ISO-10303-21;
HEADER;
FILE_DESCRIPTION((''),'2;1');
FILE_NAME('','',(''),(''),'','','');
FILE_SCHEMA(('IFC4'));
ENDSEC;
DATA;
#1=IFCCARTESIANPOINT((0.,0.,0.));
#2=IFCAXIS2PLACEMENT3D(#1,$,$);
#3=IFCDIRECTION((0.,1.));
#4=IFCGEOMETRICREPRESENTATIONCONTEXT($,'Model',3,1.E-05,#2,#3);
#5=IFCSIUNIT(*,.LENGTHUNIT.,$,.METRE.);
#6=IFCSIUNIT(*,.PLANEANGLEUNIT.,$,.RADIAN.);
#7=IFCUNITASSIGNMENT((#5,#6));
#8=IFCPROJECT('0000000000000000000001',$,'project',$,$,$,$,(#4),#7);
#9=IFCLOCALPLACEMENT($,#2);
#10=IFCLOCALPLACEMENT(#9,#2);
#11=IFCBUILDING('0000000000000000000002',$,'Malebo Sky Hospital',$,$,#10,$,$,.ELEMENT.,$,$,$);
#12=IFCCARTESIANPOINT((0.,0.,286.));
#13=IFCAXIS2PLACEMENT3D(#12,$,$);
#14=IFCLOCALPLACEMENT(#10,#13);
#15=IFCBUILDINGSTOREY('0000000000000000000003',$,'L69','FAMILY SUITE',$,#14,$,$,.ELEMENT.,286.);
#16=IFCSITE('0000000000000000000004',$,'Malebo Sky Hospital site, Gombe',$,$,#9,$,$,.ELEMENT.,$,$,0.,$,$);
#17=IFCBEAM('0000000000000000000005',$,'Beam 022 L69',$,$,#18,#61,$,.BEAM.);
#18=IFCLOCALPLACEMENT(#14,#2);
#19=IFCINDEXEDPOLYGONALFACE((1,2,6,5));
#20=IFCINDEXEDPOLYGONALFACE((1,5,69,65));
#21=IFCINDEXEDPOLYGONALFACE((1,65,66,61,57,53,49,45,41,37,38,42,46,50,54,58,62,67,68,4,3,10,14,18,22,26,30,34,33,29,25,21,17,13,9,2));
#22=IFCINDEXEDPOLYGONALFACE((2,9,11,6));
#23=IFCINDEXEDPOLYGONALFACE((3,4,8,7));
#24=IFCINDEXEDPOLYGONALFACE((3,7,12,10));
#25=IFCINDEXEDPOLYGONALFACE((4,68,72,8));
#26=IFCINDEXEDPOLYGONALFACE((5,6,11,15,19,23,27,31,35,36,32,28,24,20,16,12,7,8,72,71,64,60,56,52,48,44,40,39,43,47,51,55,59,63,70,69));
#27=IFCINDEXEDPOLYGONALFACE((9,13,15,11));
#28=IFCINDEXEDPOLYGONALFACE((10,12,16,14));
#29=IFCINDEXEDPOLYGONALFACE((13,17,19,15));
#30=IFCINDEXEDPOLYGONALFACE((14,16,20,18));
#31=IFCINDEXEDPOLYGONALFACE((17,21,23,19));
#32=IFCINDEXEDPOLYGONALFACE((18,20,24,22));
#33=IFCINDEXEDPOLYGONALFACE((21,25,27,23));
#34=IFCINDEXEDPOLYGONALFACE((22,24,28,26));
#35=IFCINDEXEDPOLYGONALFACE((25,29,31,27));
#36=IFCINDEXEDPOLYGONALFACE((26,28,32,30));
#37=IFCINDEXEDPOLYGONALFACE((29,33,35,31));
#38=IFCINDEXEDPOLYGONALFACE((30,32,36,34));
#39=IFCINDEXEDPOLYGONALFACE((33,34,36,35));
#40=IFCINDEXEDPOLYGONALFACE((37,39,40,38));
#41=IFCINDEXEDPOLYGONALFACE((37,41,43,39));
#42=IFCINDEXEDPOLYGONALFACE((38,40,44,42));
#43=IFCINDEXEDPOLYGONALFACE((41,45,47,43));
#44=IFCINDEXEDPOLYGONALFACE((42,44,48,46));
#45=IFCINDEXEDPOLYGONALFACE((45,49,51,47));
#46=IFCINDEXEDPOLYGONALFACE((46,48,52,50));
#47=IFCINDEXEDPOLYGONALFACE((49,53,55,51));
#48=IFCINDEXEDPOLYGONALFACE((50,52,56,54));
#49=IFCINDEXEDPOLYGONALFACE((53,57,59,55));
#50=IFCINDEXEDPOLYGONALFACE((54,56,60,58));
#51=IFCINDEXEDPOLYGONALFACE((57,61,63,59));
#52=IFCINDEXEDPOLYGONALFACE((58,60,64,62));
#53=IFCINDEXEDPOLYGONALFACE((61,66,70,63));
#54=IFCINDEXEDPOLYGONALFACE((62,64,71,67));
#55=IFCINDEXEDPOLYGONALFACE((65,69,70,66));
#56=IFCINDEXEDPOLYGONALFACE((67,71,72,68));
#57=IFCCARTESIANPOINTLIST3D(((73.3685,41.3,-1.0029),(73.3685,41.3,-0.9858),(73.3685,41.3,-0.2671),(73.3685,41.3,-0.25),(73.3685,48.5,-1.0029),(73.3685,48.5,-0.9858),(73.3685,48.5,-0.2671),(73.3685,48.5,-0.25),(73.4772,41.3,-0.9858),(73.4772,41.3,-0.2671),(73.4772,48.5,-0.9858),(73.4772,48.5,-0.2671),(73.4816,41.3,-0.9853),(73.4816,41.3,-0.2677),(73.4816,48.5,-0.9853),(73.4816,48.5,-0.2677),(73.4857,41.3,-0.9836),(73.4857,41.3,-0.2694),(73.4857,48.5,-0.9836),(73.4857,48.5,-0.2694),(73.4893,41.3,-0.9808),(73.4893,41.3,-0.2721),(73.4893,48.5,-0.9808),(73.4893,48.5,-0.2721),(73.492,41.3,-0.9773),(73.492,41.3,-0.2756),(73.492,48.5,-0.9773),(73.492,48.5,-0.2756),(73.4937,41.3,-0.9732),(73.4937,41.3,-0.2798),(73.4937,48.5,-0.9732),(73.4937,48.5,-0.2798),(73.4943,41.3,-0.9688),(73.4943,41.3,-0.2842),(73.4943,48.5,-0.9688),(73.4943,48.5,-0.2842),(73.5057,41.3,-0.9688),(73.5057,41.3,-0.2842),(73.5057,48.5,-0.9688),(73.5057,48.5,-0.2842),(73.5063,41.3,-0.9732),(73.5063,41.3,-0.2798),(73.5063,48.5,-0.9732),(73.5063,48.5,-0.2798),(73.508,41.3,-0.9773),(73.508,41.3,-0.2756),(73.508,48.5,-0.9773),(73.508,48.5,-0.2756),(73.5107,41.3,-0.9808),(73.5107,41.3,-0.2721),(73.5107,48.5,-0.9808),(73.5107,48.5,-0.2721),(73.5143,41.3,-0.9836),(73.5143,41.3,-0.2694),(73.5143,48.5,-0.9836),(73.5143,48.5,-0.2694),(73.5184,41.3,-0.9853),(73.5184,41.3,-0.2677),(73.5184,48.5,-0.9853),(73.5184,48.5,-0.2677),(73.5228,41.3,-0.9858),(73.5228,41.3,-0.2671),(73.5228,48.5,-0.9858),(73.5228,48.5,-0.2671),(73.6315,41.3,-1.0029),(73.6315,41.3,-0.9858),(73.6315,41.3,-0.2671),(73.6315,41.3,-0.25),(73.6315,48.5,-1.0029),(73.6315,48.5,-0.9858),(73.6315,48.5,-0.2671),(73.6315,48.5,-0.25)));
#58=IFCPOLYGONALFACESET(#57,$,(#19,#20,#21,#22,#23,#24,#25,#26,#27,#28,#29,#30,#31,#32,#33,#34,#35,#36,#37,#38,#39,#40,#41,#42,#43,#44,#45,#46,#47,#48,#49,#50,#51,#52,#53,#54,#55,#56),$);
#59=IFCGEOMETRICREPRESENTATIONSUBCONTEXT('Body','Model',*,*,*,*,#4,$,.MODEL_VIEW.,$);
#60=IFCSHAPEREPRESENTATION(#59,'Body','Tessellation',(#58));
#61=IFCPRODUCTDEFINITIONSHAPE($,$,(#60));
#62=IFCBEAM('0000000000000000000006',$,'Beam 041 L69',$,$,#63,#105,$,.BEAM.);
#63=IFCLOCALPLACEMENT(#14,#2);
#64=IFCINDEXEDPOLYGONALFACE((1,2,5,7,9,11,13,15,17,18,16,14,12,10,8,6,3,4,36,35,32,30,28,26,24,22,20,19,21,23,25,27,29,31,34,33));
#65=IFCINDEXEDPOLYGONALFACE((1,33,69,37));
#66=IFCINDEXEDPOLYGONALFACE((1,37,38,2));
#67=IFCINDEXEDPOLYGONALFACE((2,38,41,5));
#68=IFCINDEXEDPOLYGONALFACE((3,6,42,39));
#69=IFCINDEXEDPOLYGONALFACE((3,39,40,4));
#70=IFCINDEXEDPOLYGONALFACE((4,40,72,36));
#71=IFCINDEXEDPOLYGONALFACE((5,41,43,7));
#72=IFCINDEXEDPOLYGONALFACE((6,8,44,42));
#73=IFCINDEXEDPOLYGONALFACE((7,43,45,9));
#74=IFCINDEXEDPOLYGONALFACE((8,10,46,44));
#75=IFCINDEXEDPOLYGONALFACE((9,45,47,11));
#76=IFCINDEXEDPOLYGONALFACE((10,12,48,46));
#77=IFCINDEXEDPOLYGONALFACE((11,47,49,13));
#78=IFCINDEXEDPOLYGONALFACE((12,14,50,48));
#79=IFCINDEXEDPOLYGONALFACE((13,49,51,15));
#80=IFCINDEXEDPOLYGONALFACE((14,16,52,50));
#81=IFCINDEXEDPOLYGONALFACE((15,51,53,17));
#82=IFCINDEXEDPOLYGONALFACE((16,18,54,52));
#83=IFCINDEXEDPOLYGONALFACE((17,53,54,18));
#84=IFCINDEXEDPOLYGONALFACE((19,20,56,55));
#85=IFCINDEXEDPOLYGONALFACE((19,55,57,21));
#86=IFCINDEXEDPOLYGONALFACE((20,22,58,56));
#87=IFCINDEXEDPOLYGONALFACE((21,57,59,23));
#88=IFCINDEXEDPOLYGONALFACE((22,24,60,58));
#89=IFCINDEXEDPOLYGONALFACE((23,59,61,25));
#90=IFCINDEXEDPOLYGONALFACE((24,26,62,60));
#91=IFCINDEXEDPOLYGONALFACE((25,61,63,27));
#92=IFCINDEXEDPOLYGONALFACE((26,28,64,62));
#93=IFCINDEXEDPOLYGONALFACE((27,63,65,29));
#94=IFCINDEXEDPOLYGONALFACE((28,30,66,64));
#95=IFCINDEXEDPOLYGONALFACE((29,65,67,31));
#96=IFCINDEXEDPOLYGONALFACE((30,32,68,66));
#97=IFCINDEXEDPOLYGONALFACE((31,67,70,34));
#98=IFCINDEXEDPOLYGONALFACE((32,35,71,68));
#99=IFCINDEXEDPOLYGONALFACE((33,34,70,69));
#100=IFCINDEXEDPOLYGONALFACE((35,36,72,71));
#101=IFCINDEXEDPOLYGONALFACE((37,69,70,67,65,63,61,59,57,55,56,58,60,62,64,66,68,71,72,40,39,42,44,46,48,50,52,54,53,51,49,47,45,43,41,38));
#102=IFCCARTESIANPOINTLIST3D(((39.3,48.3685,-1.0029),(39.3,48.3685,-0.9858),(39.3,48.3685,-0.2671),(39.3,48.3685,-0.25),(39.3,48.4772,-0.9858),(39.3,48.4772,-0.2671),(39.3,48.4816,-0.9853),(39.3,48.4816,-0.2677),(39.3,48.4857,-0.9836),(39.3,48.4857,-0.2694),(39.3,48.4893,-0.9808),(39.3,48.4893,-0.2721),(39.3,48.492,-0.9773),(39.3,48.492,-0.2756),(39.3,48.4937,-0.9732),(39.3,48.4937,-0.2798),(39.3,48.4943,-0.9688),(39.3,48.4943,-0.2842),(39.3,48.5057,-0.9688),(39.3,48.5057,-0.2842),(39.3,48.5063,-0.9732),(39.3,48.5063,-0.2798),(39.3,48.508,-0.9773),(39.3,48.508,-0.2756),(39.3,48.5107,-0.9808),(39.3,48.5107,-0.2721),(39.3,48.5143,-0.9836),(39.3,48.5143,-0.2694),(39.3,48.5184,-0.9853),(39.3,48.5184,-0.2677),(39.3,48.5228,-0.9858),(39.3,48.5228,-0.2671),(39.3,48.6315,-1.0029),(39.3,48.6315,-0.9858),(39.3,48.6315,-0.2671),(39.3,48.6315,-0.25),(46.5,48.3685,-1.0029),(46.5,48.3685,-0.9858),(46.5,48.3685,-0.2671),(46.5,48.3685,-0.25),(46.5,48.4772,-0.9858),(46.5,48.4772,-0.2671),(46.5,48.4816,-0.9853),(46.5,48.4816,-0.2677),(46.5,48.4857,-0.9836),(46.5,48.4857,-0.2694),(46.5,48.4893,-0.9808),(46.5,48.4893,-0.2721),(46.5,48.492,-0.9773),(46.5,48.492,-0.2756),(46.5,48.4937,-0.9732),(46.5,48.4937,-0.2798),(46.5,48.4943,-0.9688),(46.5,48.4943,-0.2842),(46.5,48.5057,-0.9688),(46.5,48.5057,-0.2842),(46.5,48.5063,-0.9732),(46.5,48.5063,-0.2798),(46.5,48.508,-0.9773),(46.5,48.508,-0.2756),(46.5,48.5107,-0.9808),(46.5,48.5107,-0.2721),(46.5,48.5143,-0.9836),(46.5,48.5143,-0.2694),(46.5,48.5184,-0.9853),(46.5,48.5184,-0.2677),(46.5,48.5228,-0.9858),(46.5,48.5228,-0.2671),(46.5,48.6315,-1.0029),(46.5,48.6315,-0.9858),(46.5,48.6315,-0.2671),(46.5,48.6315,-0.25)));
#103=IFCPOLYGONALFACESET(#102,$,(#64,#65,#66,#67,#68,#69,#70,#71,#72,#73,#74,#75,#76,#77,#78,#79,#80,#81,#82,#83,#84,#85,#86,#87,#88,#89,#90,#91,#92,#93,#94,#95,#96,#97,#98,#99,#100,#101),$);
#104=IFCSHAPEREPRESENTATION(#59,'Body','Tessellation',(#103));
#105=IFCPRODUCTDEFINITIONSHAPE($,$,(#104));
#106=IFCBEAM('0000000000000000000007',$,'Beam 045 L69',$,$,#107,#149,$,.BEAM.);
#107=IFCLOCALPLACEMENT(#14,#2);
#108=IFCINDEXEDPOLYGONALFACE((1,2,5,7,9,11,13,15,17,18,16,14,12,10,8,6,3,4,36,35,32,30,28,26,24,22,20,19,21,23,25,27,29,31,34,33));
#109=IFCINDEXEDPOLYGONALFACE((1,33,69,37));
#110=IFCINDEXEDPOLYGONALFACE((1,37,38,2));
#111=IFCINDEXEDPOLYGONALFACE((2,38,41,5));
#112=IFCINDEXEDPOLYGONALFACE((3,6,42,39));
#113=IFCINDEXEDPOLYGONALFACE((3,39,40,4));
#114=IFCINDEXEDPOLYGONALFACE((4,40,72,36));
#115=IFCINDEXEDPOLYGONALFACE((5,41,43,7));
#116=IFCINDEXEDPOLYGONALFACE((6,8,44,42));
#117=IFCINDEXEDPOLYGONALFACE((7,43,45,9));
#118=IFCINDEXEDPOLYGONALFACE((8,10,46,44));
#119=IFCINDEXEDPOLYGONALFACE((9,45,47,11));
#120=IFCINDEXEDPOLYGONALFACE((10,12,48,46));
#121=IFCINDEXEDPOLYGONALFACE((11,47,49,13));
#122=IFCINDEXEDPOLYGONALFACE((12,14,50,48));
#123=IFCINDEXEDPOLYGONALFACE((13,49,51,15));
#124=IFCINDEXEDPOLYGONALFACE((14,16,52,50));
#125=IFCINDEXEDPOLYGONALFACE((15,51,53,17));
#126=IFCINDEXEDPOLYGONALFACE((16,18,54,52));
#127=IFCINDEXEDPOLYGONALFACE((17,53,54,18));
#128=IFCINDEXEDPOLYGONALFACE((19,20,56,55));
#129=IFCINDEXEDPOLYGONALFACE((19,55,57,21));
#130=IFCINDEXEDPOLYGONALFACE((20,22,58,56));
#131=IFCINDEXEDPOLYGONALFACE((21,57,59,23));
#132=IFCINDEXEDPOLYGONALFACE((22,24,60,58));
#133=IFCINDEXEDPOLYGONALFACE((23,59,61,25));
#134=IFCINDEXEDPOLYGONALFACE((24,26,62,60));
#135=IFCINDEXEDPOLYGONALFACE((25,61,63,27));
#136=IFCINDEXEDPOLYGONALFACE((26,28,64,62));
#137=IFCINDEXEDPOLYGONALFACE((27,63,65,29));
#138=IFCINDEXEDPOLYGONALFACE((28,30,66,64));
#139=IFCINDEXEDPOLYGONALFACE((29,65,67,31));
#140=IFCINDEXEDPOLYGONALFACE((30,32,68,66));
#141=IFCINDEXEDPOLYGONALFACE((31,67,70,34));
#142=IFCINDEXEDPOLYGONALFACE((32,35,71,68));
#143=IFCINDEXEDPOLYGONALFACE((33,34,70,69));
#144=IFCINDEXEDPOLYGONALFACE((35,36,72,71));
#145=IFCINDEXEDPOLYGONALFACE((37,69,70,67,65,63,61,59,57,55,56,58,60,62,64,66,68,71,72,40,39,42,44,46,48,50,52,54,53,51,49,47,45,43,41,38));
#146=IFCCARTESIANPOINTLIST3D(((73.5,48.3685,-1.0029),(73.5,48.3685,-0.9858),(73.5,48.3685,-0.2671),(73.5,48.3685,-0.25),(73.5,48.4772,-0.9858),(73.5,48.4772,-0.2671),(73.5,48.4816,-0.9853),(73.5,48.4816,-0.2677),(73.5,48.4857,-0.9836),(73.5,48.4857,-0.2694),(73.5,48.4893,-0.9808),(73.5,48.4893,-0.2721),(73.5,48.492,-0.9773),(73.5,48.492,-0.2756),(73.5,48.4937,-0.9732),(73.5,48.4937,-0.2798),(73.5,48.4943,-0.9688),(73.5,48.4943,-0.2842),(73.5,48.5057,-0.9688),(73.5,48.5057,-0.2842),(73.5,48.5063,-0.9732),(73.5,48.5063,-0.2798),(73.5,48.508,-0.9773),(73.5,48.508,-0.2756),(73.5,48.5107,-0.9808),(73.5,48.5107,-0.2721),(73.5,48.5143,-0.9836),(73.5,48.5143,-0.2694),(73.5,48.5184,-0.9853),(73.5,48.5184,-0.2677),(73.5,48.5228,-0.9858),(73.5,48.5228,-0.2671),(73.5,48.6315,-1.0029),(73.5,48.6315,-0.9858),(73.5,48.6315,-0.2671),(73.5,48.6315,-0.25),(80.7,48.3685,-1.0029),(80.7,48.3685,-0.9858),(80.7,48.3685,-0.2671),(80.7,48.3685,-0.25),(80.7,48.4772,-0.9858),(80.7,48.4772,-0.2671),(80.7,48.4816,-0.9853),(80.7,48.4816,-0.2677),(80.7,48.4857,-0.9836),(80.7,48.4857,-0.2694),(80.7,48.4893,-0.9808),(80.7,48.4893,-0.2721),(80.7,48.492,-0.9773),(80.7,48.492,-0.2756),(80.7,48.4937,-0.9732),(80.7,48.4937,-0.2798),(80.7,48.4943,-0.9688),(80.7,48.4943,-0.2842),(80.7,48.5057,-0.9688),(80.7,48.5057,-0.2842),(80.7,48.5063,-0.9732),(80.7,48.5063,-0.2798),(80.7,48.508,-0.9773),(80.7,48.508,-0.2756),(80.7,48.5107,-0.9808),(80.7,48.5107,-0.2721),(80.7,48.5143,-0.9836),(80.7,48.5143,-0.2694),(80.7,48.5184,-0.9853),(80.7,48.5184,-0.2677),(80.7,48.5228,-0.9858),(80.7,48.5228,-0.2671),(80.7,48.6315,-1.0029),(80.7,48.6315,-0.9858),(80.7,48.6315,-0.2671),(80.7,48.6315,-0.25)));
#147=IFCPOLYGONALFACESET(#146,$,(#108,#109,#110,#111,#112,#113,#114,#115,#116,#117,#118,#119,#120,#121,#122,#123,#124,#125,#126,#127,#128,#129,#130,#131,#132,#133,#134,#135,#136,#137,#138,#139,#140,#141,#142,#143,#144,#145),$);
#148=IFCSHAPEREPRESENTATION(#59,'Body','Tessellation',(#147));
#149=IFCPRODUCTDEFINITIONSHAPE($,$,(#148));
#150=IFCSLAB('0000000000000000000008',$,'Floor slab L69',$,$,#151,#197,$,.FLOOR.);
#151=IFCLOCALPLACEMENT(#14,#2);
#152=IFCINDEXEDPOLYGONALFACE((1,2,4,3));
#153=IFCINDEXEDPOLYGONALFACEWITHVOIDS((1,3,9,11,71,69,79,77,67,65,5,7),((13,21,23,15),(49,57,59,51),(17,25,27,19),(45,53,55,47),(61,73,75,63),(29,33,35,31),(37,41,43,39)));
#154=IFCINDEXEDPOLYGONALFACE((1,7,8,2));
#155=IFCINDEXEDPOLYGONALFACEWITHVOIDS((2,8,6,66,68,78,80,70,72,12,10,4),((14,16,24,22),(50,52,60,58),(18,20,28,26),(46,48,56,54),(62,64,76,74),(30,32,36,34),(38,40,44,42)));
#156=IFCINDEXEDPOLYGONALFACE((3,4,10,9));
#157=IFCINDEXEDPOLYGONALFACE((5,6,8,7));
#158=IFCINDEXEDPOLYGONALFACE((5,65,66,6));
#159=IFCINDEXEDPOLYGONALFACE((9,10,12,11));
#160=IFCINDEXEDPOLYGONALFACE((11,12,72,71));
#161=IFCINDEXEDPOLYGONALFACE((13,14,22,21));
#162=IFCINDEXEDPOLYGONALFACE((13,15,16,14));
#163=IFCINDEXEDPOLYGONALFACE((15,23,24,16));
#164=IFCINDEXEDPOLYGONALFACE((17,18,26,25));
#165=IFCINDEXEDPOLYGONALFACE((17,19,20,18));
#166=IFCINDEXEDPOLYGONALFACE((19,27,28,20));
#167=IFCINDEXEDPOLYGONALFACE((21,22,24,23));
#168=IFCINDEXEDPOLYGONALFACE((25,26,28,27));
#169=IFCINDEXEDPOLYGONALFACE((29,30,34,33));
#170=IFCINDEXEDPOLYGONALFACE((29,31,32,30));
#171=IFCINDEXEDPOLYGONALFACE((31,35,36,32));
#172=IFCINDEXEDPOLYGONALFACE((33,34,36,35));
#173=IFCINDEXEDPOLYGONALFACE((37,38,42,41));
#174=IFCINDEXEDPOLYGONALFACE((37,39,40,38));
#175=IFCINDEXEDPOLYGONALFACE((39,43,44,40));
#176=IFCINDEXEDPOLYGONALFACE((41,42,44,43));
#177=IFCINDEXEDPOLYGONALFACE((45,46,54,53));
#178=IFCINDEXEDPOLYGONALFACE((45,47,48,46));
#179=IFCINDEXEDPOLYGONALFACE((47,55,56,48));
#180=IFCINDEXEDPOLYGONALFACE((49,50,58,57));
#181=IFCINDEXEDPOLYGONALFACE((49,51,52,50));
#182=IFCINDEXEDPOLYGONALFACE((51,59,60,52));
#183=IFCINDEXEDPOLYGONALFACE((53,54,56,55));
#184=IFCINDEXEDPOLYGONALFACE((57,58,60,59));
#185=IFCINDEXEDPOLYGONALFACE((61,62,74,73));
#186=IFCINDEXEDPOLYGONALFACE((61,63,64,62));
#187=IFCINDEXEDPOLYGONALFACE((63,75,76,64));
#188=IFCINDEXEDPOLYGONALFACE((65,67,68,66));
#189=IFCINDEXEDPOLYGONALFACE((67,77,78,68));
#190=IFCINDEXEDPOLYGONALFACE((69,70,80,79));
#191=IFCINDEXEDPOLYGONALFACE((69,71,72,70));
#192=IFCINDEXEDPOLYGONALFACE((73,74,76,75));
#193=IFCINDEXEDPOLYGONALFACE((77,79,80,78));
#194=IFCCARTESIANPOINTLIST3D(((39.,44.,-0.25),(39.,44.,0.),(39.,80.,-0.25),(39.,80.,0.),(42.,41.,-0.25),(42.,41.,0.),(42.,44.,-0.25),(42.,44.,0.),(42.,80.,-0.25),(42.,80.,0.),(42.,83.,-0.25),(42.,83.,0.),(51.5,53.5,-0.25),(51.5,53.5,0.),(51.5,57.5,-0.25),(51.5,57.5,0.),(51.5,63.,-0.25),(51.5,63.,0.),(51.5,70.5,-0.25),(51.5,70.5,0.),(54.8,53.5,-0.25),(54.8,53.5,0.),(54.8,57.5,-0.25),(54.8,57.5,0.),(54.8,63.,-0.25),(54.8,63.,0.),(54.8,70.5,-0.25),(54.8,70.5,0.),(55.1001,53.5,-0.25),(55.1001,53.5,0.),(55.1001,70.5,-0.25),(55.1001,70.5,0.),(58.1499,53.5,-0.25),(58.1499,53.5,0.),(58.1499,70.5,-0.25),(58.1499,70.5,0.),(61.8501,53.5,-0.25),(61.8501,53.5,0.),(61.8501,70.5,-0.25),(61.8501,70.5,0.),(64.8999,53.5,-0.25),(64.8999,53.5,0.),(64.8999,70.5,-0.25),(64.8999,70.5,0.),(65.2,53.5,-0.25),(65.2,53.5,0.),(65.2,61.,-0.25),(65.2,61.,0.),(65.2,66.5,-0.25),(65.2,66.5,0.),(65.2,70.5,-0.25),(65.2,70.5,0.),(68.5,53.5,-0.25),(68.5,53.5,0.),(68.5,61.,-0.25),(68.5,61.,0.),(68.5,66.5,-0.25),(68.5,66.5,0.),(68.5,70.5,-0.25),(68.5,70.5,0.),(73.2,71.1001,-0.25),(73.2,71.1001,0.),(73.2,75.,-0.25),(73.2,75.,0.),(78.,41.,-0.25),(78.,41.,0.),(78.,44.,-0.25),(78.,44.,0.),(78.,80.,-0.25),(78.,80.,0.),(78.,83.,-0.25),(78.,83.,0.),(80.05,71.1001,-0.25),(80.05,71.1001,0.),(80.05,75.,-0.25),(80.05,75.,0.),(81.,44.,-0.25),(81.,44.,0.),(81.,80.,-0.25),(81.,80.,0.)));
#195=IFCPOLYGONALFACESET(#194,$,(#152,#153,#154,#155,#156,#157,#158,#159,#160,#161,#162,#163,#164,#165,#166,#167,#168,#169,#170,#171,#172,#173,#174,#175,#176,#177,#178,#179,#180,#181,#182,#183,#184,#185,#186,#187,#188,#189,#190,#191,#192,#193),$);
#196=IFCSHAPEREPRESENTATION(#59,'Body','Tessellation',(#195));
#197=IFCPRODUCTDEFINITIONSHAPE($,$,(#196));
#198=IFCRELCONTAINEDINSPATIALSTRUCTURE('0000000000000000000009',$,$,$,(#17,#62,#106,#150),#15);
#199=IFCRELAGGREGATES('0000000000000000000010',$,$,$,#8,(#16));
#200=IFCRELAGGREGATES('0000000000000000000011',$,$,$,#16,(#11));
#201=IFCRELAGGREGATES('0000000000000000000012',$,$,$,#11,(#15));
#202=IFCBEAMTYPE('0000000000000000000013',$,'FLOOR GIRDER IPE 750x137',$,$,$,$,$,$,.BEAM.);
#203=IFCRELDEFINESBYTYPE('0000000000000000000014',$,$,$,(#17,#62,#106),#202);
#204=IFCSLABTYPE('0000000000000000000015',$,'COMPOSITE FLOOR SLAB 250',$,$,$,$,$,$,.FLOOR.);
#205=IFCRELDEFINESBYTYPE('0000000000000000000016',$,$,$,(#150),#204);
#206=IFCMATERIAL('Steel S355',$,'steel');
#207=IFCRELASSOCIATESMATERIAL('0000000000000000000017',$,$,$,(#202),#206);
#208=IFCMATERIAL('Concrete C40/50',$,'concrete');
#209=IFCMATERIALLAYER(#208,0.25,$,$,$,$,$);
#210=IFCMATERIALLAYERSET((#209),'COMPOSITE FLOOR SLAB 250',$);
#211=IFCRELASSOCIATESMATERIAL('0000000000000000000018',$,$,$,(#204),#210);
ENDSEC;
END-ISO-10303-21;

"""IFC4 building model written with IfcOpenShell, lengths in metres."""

from ifc_helpers import new_model, si_unit, direction, frame, origin, origin_2d, place, context, subcontext, project, spatial, polyline, i_section, outline, extrude, material, layer, layer_set, material_profile, profile_set, type_object, element, save


model = new_model("IFC4")

# Units and contexts
model_context = context("Model", 3, precision=1e-05, world=origin(), true_north=direction((0.0, 1.0)))
body_context = subcontext(model_context, "Body", "Model", "MODEL_VIEW")
ifc_project = project(units=[si_unit("LENGTHUNIT", "METRE"), si_unit("PLANEANGLEUNIT", "RADIAN")], contexts=[model_context])

# Site, building, storey
site_placement = place(None, origin())
site = spatial("IfcSite", under=ifc_project, at=site_placement, Name="Malebo Sky Hospital site, Gombe", CompositionType="ELEMENT", RefElevation=0.0)
building_placement = place(site_placement, origin())
building = spatial("IfcBuilding", under=site, at=building_placement, Name="Malebo Sky Hospital", CompositionType="ELEMENT")
storey_placement = place(building_placement, frame((0.0, 0.0, 286.0)))
storey = spatial("IfcBuildingStorey", under=building, at=storey_placement, Name="L69", Description="FAMILY SUITE", CompositionType="ELEMENT", Elevation=286.0)

# Shared definitions
ifc_material_1 = material(Name="Steel S355", Category="steel")

# Beams
ifc_material_profile_1 = material_profile(ifc_material_1, i_section(OverallWidth=0.2629, OverallDepth=0.7529, WebThickness=0.0115, FlangeThickness=0.0171, FilletRadius=0.0171, at=origin_2d()), Name="IPE 750x137")
ifc_profile_set_1 = profile_set([ifc_material_profile_1], Name="Steel S355")
beam_type_1 = type_object("IfcBeamType", Name="FLOOR GIRDER IPE 750x137", PredefinedType="BEAM", material=ifc_profile_set_1)
for number, where, z_axis, x_axis, name in (
    (1, (73.5, 41.3, -0.6265), (0.0, 1.0, 0.0), (-1.0, 0.0, 0.0), "Beam 022 L69"),
    (2, (39.3, 48.5, -0.6265), (1.0, 0.0, 0.0), (0.0, 1.0, 0.0), "Beam 041 L69"),
    (3, (73.5, 48.5, -0.6265), (1.0, 0.0, 0.0), (0.0, 1.0, 0.0), "Beam 045 L69"),
):
    element("IfcBeam", number, at=place(storey_placement, frame(where, z_axis=z_axis, x_axis=x_axis)), inside=storey, type_object=beam_type_1, Name=name, PredefinedType="BEAM", context=body_context, shape_type="SweptSolid", body=[
        extrude(i_section(OverallWidth=0.2629, OverallDepth=0.7529, WebThickness=0.0115, FlangeThickness=0.0171, FilletRadius=0.0171, at=origin_2d()), origin(), (0.0, 0.0, 1.0), 7.2),
    ])

# Slab
ifc_material_2 = material(Name="Concrete C40/50", Category="concrete")
ifc_layer_1 = layer(ifc_material_2, 0.25)
ifc_layer_set_1 = layer_set([ifc_layer_1], Name="COMPOSITE FLOOR SLAB 250")
slab_type_1 = type_object("IfcSlabType", Name="COMPOSITE FLOOR SLAB 250", PredefinedType="FLOOR", material=ifc_layer_set_1)
slab_1_placement = place(storey_placement, frame((0.0, 0.0, -0.25)))
element("IfcSlab", 4, at=slab_1_placement, inside=storey, type_object=slab_type_1, Name="Floor slab L69", PredefinedType="FLOOR", context=body_context, shape_type="SweptSolid", body=[
    extrude(outline(polyline([(42.0, 83.0), (42.0, 80.0), (39.0, 80.0), (39.0, 44.0), (42.0, 44.0), (42.0, 41.0), (78.0, 41.0), (78.0, 44.0), (81.0, 44.0), (81.0, 80.0), (78.0, 80.0), (78.0, 83.0), (42.0, 83.0)]), holes=[polyline([(55.1001, 70.5), (58.1499, 70.5), (58.1499, 53.5), (55.1001, 53.5), (55.1001, 70.5)]), polyline([(64.8999, 70.5), (64.8999, 53.5), (61.8501, 53.5), (61.8501, 70.5), (64.8999, 70.5)]), polyline([(54.8, 63.0), (51.5, 63.0), (51.5, 70.5), (54.8, 70.5), (54.8, 63.0)]), polyline([(51.5, 53.5), (51.5, 57.5), (54.8, 57.5), (54.8, 53.5), (51.5, 53.5)]), polyline([(65.2, 61.0), (68.5, 61.0), (68.5, 53.5), (65.2, 53.5), (65.2, 61.0)]), polyline([(68.5, 70.5), (68.5, 66.5), (65.2, 66.5), (65.2, 70.5), (68.5, 70.5)]), polyline([(80.05, 71.1001), (73.2, 71.1001), (73.2, 75.0), (80.05, 75.0), (80.05, 71.1001)])]), origin(), (0.0, 0.0, 1.0), 0.25),
])

save(model, "model.ifc")
